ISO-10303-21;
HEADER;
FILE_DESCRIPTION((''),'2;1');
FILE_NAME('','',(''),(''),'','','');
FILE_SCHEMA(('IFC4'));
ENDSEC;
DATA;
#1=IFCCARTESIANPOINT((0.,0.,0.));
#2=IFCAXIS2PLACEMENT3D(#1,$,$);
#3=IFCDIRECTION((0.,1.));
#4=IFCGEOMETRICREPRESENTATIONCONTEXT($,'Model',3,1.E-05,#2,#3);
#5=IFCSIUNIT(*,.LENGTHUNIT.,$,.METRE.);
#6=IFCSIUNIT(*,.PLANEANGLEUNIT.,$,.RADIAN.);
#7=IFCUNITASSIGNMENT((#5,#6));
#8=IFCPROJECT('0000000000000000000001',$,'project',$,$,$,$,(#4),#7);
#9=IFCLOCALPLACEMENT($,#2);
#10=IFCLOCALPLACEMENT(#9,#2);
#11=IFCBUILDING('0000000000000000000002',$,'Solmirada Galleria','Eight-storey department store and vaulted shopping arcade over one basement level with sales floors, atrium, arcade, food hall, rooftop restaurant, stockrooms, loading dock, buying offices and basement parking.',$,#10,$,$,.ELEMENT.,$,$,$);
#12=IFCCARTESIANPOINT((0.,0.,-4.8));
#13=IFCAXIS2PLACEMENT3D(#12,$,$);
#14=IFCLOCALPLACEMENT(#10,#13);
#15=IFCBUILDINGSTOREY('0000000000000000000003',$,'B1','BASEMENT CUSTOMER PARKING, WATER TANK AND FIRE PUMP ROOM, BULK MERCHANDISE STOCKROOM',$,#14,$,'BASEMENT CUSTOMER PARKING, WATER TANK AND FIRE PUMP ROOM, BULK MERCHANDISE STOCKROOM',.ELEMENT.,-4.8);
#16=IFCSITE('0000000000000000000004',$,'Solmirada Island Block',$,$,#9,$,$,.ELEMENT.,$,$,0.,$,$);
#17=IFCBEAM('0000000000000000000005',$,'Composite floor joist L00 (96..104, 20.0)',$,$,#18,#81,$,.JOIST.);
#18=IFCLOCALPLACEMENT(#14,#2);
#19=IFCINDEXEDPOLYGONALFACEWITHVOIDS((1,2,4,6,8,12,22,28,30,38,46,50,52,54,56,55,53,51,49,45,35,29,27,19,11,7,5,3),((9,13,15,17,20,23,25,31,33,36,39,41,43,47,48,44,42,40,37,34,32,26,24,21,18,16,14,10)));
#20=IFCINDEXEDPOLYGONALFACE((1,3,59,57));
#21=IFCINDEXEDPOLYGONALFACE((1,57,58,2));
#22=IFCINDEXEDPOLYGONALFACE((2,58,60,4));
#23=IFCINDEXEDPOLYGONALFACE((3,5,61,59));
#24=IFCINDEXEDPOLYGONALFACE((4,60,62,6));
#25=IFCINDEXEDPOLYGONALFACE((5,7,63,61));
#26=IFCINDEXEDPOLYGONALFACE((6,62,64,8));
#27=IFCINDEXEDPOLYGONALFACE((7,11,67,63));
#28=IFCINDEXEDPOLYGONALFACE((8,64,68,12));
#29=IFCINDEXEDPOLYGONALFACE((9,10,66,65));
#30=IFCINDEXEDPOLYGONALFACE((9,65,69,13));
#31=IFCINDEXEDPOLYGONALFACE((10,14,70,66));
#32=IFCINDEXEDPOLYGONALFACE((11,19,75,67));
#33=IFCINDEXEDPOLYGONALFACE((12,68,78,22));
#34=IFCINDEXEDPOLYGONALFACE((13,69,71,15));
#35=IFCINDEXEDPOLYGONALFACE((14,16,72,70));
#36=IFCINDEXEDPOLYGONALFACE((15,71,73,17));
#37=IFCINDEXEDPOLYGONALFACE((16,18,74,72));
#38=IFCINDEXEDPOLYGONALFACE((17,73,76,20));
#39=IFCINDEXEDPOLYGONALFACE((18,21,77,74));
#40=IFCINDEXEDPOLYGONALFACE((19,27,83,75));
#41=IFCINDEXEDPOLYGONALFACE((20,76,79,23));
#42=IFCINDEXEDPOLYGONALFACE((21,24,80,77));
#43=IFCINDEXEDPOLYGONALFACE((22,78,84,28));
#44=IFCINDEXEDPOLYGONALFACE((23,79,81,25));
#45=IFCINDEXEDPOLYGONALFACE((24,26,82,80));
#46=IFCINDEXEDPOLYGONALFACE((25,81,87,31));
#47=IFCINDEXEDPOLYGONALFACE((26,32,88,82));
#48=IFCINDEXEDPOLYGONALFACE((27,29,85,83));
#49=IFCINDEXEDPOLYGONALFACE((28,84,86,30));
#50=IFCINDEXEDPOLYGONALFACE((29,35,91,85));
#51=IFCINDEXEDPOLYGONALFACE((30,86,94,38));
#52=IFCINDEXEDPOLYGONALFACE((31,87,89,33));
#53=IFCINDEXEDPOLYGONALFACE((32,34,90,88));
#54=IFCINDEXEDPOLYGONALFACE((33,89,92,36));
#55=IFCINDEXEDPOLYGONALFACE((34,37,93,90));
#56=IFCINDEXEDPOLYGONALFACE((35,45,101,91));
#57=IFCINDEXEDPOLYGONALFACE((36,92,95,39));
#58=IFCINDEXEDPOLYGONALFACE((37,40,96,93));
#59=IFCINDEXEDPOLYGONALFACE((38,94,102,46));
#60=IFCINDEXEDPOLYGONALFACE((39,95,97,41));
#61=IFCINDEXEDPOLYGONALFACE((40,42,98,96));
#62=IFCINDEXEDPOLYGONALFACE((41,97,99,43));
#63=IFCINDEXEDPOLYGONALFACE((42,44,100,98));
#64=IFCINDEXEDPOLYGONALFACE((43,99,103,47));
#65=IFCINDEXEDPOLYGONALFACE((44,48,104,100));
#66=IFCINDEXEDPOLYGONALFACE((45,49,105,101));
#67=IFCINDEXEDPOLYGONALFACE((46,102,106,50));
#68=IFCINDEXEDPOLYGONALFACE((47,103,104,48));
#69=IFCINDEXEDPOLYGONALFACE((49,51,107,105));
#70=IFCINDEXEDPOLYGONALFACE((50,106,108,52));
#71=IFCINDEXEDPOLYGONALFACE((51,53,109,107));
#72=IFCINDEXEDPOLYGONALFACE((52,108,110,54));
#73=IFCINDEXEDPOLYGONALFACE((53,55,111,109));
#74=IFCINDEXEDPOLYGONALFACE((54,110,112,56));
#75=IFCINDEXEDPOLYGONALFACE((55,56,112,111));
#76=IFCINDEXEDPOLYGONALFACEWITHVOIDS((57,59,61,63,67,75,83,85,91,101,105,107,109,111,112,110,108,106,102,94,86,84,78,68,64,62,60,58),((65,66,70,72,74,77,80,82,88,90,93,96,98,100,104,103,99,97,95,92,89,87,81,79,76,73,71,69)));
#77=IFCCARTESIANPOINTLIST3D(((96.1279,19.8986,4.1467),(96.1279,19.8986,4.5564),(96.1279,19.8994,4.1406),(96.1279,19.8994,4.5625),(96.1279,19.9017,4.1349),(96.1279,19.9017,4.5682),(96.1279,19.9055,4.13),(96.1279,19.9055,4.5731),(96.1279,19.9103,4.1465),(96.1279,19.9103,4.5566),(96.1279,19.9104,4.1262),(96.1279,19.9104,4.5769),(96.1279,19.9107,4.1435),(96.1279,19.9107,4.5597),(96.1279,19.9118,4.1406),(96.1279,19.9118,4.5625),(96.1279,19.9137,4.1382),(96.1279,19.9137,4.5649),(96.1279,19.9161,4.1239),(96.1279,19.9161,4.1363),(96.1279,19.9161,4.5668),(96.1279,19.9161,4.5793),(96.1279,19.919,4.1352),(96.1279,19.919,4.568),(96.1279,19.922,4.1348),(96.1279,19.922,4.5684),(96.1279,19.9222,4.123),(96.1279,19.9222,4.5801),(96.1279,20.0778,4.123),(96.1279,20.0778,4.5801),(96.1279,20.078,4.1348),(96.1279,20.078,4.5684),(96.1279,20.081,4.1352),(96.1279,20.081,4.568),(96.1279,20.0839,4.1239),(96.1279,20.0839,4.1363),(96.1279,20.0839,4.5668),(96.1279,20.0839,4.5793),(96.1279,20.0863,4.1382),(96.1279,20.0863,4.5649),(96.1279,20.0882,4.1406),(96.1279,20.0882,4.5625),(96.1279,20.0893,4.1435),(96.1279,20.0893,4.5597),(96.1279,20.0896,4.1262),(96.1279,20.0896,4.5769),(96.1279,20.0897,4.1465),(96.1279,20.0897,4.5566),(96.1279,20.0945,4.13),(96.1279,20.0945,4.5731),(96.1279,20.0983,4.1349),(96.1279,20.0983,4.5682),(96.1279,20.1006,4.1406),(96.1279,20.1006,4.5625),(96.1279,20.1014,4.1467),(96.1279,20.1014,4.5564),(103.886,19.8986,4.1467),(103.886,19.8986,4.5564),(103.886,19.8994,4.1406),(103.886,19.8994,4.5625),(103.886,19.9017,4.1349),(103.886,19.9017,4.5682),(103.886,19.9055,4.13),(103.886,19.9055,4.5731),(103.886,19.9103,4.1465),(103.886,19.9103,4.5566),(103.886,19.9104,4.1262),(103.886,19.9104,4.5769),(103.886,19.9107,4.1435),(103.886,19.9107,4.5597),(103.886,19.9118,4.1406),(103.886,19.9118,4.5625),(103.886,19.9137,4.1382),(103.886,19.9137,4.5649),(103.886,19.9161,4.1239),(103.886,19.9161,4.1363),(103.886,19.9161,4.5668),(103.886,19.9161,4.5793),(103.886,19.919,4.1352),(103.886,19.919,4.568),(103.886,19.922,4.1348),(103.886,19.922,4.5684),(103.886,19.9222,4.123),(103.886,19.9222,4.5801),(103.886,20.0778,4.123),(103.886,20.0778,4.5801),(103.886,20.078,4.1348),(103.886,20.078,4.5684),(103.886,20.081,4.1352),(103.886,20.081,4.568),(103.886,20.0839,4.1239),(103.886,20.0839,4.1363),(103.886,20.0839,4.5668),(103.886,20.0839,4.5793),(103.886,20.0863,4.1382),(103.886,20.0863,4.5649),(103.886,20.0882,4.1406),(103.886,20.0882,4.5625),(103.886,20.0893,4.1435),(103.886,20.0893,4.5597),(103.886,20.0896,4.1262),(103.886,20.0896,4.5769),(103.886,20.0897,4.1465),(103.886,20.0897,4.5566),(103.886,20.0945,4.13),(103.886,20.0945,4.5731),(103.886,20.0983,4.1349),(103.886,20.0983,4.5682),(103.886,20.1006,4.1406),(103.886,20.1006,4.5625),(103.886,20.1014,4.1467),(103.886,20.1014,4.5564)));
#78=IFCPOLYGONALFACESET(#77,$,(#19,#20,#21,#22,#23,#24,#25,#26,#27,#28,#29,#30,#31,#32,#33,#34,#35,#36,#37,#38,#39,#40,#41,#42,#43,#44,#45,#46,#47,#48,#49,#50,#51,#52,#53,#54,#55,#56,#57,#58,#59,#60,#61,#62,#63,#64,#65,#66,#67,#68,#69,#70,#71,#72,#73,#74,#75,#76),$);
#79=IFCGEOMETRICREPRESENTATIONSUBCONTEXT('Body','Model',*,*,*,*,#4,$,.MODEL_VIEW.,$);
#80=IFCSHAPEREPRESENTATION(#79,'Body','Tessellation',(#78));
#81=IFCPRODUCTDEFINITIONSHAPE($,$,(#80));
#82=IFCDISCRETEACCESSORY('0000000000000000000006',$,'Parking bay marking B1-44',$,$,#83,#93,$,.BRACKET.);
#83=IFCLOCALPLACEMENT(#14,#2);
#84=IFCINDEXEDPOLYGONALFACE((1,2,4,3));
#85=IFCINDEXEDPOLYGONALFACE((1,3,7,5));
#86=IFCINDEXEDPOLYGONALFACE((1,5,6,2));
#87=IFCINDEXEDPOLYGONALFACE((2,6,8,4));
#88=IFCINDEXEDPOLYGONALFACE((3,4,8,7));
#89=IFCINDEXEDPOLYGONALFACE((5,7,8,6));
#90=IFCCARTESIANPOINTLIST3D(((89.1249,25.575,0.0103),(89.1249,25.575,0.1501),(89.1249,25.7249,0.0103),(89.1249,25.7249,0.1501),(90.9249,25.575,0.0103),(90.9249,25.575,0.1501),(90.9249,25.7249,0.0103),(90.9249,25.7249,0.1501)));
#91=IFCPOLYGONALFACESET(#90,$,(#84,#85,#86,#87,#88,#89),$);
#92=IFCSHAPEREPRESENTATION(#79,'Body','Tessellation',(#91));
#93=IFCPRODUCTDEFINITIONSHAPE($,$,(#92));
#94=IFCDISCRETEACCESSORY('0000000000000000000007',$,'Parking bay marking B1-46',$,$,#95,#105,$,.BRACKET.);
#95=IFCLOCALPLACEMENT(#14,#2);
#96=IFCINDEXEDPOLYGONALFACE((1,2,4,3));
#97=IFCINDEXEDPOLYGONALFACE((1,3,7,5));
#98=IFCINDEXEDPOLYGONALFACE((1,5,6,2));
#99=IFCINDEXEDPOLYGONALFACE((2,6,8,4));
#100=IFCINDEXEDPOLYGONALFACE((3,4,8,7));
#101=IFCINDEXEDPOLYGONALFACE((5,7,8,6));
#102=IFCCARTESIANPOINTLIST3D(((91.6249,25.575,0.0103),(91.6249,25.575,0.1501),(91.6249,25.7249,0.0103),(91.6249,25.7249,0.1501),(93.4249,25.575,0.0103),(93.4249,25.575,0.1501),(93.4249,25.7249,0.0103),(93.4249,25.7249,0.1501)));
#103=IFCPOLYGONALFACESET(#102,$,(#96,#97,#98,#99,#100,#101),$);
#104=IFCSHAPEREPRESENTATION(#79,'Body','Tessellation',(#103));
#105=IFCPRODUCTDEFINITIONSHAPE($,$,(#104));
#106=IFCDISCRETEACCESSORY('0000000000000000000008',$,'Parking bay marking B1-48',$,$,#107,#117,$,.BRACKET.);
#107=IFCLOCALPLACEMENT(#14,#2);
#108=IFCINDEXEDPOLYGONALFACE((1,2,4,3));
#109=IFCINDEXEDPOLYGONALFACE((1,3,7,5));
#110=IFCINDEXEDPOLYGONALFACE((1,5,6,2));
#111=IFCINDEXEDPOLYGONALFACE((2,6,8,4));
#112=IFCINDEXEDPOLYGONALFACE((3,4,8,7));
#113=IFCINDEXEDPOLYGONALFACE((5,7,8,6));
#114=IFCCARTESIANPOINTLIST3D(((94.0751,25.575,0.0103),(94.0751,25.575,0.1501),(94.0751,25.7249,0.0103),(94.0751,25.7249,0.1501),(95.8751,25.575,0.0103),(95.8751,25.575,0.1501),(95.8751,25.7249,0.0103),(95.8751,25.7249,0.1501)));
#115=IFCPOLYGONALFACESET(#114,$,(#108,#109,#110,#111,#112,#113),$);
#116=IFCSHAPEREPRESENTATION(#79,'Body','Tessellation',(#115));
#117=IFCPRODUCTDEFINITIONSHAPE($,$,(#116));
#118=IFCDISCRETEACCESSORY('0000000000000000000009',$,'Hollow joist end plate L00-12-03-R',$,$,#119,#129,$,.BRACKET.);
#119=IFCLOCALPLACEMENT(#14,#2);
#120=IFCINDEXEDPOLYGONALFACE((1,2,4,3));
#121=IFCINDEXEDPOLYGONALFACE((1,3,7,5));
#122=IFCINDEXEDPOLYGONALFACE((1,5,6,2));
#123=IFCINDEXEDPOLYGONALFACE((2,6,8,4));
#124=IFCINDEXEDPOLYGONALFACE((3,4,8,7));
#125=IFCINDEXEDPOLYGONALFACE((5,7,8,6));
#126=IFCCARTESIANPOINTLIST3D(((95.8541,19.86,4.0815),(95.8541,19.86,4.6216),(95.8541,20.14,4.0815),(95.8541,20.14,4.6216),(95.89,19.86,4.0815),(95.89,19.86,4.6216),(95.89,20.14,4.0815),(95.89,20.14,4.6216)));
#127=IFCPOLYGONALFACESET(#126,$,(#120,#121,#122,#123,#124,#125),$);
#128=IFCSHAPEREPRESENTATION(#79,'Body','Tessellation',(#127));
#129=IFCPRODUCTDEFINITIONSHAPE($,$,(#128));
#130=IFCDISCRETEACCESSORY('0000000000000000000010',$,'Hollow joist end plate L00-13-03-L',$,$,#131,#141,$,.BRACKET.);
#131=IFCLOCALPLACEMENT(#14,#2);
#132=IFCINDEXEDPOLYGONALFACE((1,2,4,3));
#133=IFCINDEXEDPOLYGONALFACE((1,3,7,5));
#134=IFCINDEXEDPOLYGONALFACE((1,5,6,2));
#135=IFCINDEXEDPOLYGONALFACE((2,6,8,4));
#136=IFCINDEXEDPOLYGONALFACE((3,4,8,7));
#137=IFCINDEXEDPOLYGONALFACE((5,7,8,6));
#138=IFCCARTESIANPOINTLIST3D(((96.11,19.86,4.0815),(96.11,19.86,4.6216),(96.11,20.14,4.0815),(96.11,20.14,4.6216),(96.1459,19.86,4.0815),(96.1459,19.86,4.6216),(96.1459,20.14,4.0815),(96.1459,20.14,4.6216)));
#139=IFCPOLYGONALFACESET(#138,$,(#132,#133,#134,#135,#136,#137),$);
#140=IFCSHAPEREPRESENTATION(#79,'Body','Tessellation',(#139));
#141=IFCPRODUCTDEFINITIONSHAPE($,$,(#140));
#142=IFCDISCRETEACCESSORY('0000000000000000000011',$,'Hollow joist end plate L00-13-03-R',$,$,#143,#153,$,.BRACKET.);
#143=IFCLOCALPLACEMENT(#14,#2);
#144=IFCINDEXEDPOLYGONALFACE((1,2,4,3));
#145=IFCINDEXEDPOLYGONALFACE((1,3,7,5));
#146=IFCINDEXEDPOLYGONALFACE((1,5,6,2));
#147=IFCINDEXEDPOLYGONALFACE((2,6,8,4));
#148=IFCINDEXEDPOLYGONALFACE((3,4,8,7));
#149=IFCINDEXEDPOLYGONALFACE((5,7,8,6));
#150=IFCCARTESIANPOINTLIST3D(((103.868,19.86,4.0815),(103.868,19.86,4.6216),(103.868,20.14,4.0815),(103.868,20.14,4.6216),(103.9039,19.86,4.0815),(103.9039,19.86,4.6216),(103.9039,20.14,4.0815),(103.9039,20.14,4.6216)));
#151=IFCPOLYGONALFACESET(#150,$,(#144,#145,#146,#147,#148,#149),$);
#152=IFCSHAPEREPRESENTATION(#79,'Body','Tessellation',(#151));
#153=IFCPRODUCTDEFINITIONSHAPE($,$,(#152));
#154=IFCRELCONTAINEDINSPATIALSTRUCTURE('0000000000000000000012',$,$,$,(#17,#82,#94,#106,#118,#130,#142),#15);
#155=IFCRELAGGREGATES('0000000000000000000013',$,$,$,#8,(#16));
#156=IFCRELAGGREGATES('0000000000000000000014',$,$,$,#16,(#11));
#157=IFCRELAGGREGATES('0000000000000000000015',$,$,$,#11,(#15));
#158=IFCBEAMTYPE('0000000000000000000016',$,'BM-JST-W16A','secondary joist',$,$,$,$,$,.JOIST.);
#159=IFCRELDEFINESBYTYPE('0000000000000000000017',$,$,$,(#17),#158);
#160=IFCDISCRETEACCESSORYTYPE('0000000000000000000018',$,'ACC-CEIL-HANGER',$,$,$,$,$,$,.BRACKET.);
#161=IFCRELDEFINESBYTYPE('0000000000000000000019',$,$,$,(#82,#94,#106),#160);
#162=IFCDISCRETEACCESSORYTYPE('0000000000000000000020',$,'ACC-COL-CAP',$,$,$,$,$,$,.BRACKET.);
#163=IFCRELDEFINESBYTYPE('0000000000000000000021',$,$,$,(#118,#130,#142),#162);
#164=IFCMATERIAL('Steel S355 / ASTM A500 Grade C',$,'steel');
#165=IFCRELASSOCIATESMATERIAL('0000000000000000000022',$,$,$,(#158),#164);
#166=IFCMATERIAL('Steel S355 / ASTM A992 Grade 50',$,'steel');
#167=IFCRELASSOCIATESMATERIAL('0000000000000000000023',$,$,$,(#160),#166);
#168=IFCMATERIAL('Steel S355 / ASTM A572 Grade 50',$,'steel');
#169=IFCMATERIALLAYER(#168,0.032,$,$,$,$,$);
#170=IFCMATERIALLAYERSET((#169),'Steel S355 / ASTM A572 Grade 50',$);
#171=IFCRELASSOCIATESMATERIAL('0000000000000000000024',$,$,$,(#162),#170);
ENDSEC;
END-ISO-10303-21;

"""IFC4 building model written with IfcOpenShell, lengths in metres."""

from ifc_helpers import new_model, si_unit, direction, frame, origin, origin_2d, place, context, subcontext, project, spatial, rectangle, hollow_rectangle, extrude, material, layer, layer_set, material_profile, profile_set, type_object, element, save


model = new_model("IFC4")

# Units and contexts
model_context = context("Model", 3, precision=1e-05, world=origin(), true_north=direction((0.0, 1.0)))
body_context = subcontext(model_context, "Body", "Model", "MODEL_VIEW")
ifc_project = project(units=[si_unit("LENGTHUNIT", "METRE"), si_unit("PLANEANGLEUNIT", "RADIAN")], contexts=[model_context])

# Site, building, storey
site_placement = place(None, origin())
site = spatial("IfcSite", under=ifc_project, at=site_placement, Name="Solmirada Island Block", CompositionType="ELEMENT", RefElevation=0.0)
building_placement = place(site_placement, origin())
building = spatial("IfcBuilding", under=site, at=building_placement, Name="Solmirada Galleria", Description="Eight-storey department store and vaulted shopping arcade over one basement level with sales floors, atrium, arcade, food hall, rooftop restaurant, stockrooms, loading dock, buying offices and basement parking.", CompositionType="ELEMENT")
storey_placement = place(building_placement, frame((0.0, 0.0, -4.8)))
storey = spatial("IfcBuildingStorey", under=building, at=storey_placement, Name="B1", Description="BASEMENT CUSTOMER PARKING, WATER TANK AND FIRE PUMP ROOM, BULK MERCHANDISE STOCKROOM", LongName="BASEMENT CUSTOMER PARKING, WATER TANK AND FIRE PUMP ROOM, BULK MERCHANDISE STOCKROOM", CompositionType="ELEMENT", Elevation=-4.8)

# Beam
ifc_material_1 = material(Name="Steel S355 / ASTM A992 Grade 50", Category="steel")
ifc_material_2 = material(Name="Steel S355 / ASTM A500 Grade C", Category="steel")
ifc_material_profile_1 = material_profile(ifc_material_2, hollow_rectangle(XDim=0.2029, YDim=0.457, WallThickness=0.0117, InnerFilletRadius=0.0117, OuterFilletRadius=0.0237, at=origin_2d()), Name="HSS18X8X1/2")
ifc_profile_set_1 = profile_set([ifc_material_profile_1], Name="Steel S355 / ASTM A500 Grade C")
beam_type_1 = type_object("IfcBeamType", Name="BM-JST-W16A", Description="secondary joist", PredefinedType="JOIST", material=ifc_profile_set_1)
beam_1_placement = place(storey_placement, frame((96.1279, 20.0, 4.3516), z_axis=(1.0, 0.0, 0.0), x_axis=(0.0, 1.0, 0.0)))
element("IfcBeam", 1, at=beam_1_placement, inside=storey, type_object=beam_type_1, Name="Composite floor joist L00 (96..104, 20.0)", PredefinedType="JOIST", context=body_context, shape_type="SweptSolid", body=[
    extrude(hollow_rectangle(XDim=0.2029, YDim=0.457, WallThickness=0.0117, InnerFilletRadius=0.0117, OuterFilletRadius=0.0237, at=origin_2d()), origin(), (0.0, 0.0, 1.0), 7.7581),
])

# Discrete accessories
discrete_accessory_type_1 = type_object("IfcDiscreteAccessoryType", Name="ACC-CEIL-HANGER", PredefinedType="BRACKET", material=ifc_material_1)
for number, where, z_axis, x_axis, name in (
    (2, (90.0249, 25.6499, 0.0103), (0.0, 0.0, 1.0), (1.0, 0.0, 0.0), "Parking bay marking B1-44"),
    (3, (92.5249, 25.6499, 0.0103), (0.0, 0.0, 1.0), (1.0, 0.0, 0.0), "Parking bay marking B1-46"),
    (4, (94.9751, 25.6499, 0.0103), (0.0, 0.0, 1.0), (1.0, 0.0, 0.0), "Parking bay marking B1-48"),
):
    element("IfcDiscreteAccessory", number, at=place(storey_placement, frame(where, z_axis=z_axis, x_axis=x_axis)), inside=storey, type_object=discrete_accessory_type_1, Name=name, PredefinedType="BRACKET", context=body_context, shape_type="SweptSolid", body=[
        extrude(rectangle(XDim=1.8, YDim=0.1499, at=origin_2d()), origin(), (0.0, 0.0, 1.0), 0.1399),
    ])
ifc_material_3 = material(Name="Steel S355 / ASTM A572 Grade 50", Category="steel")
ifc_layer = layer(ifc_material_3, 0.032)
ifc_layer_set = layer_set([ifc_layer], Name="Steel S355 / ASTM A572 Grade 50")
discrete_accessory_type_2 = type_object("IfcDiscreteAccessoryType", Name="ACC-COL-CAP", PredefinedType="BRACKET", material=ifc_layer_set)
for number, where, z_axis, x_axis, name in (
    (5, (95.8721, 20.0, 4.0815), (0.0, 0.0, 1.0), (1.0, 0.0, 0.0), "Hollow joist end plate L00-12-03-R"),
    (6, (96.1279, 20.0, 4.0815), (0.0, 0.0, 1.0), (1.0, 0.0, 0.0), "Hollow joist end plate L00-13-03-L"),
    (7, (103.886, 20.0, 4.0815), (0.0, 0.0, 1.0), (1.0, 0.0, 0.0), "Hollow joist end plate L00-13-03-R"),
):
    element("IfcDiscreteAccessory", number, at=place(storey_placement, frame(where, z_axis=z_axis, x_axis=x_axis)), inside=storey, type_object=discrete_accessory_type_2, Name=name, PredefinedType="BRACKET", context=body_context, shape_type="SweptSolid", body=[
        extrude(rectangle(XDim=0.0359, YDim=0.28, at=origin_2d()), origin(), (0.0, 0.0, 1.0), 0.54),
    ])

save(model, "model.ifc")
